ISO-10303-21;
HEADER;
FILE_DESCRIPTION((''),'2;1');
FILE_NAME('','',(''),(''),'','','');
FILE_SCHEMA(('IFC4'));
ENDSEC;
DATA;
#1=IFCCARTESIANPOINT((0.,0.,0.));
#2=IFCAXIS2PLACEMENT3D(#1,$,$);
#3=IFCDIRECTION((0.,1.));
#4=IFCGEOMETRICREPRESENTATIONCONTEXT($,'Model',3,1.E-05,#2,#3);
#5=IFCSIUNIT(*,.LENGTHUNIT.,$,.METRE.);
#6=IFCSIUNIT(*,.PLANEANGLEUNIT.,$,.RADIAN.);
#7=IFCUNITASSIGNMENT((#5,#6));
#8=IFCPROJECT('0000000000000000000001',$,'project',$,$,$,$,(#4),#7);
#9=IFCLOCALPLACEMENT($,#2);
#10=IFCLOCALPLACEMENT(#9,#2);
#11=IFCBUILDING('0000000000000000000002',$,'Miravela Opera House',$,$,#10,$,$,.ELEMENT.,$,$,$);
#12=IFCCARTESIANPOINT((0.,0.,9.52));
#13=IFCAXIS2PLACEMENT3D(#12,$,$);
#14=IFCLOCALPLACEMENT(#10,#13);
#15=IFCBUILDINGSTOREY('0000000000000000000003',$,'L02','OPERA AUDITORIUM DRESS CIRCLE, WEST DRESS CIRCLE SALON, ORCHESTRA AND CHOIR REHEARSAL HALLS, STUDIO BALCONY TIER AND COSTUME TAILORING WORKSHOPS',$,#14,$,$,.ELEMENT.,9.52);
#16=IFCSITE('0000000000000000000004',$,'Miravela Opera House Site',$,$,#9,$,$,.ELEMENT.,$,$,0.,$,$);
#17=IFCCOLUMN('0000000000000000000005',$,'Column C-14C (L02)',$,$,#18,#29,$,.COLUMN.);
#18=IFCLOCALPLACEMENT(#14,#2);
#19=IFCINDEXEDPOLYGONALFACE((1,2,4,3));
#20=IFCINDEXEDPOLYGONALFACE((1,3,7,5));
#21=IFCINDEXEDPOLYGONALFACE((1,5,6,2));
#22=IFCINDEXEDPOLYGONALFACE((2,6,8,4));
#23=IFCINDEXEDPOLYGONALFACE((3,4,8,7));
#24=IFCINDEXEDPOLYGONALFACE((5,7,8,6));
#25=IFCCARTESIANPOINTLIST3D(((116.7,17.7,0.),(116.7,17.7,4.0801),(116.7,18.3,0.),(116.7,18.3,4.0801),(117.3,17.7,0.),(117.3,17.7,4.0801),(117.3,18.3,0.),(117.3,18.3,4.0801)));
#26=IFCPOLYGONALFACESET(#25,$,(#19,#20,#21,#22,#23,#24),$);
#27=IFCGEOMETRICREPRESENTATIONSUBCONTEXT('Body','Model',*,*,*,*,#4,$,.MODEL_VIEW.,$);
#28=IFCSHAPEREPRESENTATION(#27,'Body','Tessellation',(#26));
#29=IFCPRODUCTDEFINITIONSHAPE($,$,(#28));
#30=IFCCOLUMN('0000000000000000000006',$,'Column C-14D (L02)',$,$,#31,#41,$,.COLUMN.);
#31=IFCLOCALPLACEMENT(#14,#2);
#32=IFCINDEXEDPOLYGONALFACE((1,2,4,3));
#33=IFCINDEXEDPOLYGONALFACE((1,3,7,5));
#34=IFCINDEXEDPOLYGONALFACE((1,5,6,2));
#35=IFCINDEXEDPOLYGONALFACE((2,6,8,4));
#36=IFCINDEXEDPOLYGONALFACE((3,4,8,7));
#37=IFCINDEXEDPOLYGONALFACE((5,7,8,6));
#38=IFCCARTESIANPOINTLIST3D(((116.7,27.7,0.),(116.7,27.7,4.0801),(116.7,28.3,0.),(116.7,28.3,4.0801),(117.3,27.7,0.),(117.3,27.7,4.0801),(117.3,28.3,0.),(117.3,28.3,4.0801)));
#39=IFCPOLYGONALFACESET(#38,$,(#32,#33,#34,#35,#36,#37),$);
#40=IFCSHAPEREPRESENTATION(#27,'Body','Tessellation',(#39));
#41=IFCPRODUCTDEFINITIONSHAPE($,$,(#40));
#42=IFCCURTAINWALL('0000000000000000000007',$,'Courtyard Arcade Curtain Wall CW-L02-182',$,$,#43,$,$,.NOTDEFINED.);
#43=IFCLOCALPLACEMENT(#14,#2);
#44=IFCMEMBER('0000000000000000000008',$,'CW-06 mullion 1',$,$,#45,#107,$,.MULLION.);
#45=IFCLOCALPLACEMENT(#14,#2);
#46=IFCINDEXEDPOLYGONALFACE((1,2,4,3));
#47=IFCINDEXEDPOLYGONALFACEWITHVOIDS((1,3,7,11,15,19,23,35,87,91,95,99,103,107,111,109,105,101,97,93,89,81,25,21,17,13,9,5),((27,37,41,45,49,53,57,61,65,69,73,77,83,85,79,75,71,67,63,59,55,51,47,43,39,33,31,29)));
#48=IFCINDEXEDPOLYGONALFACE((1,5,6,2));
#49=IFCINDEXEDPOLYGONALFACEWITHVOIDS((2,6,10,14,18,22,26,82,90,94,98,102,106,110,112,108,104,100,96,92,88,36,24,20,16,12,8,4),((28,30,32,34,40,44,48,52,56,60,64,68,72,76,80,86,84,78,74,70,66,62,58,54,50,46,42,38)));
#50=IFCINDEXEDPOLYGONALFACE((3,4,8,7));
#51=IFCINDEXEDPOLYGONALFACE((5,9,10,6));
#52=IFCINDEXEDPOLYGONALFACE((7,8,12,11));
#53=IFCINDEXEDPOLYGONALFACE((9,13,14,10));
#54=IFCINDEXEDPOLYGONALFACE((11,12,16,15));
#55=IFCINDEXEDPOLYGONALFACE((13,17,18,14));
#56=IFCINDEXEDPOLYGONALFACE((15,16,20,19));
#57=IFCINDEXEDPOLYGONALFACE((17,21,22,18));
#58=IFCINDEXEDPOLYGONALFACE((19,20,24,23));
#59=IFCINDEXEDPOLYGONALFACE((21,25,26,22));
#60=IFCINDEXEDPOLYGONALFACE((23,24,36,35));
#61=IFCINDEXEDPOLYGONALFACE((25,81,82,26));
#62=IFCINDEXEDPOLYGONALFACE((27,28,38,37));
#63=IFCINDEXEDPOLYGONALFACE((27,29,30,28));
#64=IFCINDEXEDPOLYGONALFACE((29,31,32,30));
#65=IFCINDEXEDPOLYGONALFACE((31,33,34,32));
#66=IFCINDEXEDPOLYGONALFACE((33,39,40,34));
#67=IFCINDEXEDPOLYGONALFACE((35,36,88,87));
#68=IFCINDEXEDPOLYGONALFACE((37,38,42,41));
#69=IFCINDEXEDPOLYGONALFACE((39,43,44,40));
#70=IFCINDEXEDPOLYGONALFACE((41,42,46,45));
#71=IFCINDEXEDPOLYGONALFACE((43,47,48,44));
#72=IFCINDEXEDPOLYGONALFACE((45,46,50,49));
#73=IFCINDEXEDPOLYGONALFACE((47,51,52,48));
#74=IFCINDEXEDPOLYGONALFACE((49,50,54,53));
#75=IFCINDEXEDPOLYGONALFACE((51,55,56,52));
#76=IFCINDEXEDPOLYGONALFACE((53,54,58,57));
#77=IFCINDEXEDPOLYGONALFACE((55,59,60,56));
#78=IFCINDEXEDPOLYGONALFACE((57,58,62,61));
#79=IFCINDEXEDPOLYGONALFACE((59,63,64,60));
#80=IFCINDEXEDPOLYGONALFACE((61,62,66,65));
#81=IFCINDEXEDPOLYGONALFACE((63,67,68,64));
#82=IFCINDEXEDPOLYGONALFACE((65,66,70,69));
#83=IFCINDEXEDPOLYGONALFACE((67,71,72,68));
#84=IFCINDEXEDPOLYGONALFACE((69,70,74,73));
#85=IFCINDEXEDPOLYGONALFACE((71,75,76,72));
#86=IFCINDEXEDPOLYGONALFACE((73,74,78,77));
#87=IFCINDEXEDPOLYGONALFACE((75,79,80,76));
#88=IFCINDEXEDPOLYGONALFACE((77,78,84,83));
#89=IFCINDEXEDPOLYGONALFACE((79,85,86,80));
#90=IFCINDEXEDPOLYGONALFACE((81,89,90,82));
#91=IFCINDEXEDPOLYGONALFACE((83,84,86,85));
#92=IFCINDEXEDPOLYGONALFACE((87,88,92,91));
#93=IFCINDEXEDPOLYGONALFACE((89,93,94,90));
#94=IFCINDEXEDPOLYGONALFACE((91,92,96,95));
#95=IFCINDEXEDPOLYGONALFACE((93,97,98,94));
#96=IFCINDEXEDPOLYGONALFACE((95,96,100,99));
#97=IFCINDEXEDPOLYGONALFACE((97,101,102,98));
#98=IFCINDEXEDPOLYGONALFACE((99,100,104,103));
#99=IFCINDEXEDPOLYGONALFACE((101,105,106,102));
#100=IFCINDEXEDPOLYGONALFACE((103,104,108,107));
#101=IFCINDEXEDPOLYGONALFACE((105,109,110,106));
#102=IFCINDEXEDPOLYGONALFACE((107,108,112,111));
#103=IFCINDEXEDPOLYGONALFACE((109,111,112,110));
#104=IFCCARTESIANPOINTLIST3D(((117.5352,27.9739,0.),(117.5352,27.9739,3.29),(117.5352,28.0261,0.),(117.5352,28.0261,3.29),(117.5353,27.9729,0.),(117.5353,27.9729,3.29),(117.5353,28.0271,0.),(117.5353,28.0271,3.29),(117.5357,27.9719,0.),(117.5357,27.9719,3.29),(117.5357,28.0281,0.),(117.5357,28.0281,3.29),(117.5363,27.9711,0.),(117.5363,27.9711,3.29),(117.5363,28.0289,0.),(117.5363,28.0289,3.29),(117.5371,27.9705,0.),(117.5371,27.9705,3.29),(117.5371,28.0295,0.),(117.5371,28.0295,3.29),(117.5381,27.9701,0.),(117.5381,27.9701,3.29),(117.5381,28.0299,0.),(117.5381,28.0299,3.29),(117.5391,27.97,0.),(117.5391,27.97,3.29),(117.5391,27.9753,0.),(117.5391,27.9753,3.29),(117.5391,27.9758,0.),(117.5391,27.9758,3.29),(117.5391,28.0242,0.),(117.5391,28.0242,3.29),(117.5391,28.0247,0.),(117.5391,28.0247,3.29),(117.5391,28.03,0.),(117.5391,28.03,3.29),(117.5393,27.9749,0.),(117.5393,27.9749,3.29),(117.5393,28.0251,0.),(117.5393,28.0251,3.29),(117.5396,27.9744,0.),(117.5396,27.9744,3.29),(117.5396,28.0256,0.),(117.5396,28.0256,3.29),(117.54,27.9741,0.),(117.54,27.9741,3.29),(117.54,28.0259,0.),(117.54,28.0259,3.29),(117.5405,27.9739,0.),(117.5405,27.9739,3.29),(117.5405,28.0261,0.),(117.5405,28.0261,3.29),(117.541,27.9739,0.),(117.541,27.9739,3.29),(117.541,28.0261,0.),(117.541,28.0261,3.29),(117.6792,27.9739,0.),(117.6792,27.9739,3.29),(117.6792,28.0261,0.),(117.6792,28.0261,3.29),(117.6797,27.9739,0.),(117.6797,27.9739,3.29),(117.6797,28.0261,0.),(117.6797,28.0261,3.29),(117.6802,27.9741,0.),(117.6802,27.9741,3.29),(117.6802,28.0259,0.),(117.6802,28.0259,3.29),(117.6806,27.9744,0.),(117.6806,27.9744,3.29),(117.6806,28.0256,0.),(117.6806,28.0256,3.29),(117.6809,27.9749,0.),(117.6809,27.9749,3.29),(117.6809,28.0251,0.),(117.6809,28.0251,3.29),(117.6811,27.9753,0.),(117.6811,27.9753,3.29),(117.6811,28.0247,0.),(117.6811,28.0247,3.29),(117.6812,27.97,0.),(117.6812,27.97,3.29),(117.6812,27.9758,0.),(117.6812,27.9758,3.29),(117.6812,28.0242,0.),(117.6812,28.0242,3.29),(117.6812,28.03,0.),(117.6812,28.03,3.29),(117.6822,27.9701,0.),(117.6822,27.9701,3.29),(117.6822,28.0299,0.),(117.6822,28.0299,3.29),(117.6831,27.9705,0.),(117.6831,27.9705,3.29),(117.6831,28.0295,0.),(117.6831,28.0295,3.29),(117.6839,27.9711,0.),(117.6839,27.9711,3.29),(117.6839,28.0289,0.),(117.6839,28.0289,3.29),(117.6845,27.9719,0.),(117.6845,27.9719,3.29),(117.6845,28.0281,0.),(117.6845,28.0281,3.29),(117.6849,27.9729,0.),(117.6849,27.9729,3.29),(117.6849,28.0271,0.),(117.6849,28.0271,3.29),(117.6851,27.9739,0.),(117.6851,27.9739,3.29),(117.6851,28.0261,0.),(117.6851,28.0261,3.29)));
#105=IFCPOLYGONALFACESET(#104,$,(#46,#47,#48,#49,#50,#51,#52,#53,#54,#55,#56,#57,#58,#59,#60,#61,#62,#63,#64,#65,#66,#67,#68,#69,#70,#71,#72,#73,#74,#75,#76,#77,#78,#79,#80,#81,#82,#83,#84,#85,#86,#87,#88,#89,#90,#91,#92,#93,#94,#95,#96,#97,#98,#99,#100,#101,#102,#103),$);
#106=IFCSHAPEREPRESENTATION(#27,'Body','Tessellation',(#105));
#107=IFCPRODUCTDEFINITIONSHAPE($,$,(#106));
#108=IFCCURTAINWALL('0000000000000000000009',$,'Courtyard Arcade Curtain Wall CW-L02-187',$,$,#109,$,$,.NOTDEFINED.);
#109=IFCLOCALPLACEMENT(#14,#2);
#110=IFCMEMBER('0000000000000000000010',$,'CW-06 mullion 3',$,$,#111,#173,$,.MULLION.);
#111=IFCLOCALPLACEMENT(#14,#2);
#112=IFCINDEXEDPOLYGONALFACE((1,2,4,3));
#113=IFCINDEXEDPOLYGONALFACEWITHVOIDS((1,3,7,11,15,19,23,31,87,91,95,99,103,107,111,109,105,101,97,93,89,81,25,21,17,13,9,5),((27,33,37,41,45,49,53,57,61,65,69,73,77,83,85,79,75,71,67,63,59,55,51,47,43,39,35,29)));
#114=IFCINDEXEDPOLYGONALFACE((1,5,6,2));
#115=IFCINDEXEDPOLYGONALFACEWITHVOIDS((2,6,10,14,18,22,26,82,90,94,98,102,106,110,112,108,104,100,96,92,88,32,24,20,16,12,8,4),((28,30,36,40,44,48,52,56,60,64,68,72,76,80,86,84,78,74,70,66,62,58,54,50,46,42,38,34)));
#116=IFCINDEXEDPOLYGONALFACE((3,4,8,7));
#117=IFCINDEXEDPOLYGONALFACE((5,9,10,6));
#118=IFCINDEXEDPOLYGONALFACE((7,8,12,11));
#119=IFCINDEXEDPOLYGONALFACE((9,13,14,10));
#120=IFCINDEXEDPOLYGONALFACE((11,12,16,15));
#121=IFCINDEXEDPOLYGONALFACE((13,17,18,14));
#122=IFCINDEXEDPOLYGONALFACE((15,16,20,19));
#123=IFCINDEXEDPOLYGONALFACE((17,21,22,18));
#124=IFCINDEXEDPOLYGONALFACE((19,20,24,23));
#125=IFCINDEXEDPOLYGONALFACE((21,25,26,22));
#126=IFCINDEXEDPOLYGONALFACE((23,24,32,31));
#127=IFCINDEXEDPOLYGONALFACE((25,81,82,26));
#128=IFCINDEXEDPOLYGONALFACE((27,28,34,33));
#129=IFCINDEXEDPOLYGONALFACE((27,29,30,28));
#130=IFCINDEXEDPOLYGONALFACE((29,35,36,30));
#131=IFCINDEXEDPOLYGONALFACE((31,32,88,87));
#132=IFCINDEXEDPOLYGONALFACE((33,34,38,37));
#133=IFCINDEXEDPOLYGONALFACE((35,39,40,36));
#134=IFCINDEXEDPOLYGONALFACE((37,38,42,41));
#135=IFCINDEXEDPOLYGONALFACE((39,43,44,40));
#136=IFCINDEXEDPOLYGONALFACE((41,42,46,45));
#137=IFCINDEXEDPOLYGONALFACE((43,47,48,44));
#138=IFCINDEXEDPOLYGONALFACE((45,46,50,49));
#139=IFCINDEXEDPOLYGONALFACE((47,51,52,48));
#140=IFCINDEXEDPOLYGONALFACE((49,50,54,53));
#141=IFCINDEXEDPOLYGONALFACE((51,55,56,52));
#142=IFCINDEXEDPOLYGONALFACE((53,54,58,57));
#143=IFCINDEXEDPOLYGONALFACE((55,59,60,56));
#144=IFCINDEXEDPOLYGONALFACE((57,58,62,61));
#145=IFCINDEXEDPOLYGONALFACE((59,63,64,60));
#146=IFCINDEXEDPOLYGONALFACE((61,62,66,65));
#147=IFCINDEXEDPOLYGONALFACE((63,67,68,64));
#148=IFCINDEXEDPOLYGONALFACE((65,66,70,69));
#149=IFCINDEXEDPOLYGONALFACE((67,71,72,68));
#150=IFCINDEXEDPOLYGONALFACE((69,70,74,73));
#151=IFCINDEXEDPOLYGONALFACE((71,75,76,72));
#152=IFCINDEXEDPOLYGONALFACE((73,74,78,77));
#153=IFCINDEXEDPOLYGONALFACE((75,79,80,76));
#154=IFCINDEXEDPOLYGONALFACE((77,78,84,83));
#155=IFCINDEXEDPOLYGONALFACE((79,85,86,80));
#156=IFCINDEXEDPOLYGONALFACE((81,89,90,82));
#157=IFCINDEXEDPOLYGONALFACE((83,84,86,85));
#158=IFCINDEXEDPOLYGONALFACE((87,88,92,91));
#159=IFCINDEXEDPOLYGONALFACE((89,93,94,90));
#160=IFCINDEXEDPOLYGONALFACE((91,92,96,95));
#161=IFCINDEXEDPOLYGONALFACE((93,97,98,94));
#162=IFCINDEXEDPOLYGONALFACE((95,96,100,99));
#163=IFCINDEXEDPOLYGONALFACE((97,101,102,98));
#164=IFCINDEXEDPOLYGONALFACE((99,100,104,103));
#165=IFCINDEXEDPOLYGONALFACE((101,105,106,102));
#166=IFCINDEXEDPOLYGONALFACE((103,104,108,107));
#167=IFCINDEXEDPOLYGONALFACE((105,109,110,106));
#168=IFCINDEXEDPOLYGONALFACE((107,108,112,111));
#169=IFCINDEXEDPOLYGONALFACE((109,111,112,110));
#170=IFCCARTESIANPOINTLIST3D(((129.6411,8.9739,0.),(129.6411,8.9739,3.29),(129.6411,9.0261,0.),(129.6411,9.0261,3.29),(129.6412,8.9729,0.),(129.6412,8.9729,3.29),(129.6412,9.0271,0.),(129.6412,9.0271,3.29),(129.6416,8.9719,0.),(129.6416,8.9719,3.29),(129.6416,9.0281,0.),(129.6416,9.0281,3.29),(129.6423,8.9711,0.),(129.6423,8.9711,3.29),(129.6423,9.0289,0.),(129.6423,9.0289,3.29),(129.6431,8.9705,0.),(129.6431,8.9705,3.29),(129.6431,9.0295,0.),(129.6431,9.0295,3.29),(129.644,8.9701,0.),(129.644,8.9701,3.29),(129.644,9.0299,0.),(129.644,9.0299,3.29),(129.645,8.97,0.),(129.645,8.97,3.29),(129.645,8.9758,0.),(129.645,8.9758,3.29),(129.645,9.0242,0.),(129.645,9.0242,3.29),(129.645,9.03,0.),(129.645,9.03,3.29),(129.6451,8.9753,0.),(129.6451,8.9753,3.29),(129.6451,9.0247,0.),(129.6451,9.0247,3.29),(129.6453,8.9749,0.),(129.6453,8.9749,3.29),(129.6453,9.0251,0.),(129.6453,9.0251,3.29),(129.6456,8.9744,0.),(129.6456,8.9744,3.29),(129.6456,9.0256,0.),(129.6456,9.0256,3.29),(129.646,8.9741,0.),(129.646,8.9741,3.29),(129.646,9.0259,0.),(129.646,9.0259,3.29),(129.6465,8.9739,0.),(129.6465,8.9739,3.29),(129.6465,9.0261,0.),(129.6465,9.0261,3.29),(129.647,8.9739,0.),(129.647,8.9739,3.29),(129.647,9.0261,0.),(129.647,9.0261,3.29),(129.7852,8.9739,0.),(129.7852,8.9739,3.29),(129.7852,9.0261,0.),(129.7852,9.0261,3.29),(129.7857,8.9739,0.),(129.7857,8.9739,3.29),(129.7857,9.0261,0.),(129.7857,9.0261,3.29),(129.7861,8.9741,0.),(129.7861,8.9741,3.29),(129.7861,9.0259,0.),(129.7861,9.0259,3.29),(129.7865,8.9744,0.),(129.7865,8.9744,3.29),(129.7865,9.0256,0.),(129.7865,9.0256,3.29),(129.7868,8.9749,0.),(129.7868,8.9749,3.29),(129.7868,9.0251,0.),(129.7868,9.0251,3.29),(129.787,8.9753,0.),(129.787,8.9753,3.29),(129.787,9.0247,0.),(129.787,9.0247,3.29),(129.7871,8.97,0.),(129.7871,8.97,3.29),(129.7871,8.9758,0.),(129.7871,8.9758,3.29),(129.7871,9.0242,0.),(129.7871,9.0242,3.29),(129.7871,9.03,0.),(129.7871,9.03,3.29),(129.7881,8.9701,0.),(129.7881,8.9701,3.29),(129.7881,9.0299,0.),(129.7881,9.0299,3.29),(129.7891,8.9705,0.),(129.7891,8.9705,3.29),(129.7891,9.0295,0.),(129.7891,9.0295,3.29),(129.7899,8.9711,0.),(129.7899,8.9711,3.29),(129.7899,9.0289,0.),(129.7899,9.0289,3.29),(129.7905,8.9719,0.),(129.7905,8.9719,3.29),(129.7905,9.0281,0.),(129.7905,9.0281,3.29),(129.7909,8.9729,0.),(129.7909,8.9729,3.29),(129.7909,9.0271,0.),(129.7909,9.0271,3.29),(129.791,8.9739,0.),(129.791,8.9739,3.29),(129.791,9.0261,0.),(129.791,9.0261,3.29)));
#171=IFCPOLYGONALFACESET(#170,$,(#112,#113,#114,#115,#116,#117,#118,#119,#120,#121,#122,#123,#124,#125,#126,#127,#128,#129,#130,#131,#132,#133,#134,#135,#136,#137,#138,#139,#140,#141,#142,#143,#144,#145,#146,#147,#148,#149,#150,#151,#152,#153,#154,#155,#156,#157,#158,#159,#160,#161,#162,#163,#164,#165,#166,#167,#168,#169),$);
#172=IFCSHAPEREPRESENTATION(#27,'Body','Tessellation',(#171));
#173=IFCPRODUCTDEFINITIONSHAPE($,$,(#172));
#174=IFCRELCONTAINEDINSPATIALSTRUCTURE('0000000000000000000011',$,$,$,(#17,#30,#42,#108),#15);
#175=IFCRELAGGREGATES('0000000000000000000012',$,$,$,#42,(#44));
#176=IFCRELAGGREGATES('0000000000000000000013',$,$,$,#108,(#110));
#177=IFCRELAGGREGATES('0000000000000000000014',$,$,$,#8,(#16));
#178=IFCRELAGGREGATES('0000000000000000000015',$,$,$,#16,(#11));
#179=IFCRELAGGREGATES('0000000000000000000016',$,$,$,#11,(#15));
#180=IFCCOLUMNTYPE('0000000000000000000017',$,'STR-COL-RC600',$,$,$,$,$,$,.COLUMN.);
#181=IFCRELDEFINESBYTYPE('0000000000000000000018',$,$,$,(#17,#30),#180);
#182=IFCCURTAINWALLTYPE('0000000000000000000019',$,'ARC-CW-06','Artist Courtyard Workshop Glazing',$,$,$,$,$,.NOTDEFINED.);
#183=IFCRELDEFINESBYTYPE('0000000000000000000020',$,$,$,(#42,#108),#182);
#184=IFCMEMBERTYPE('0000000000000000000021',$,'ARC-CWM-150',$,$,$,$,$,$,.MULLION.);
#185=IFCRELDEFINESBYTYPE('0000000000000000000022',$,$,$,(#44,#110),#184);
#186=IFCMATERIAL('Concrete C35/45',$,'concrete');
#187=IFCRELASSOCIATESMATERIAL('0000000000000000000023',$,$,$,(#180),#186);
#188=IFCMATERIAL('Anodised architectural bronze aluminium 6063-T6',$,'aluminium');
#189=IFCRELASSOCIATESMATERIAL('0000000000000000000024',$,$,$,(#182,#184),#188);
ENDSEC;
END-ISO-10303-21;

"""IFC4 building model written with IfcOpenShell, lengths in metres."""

from ifc_helpers import new_model, si_unit, direction, frame, origin, origin_2d, place, context, subcontext, project, spatial, rectangle, hollow_rectangle, extrude, material, material_profile, profile_set, type_object, element, aggregate, save


model = new_model("IFC4")

# Units and contexts
model_context = context("Model", 3, precision=1e-05, world=origin(), true_north=direction((0.0, 1.0)))
body_context = subcontext(model_context, "Body", "Model", "MODEL_VIEW")
ifc_project = project(units=[si_unit("LENGTHUNIT", "METRE"), si_unit("PLANEANGLEUNIT", "RADIAN")], contexts=[model_context])

# Site, building, storey
site_placement = place(None, origin())
site = spatial("IfcSite", under=ifc_project, at=site_placement, Name="Miravela Opera House Site", CompositionType="ELEMENT", RefElevation=0.0)
building_placement = place(site_placement, origin())
building = spatial("IfcBuilding", under=site, at=building_placement, Name="Miravela Opera House", CompositionType="ELEMENT")
storey_placement = place(building_placement, frame((0.0, 0.0, 9.52)))
storey = spatial("IfcBuildingStorey", under=building, at=storey_placement, Name="L02", Description="OPERA AUDITORIUM DRESS CIRCLE, WEST DRESS CIRCLE SALON, ORCHESTRA AND CHOIR REHEARSAL HALLS, STUDIO BALCONY TIER AND COSTUME TAILORING WORKSHOPS", CompositionType="ELEMENT", Elevation=9.52)

# Columns
ifc_material_1 = material(Name="Concrete C35/45", Category="concrete")
ifc_material_profile_1 = material_profile(ifc_material_1, rectangle(XDim=0.6001, YDim=0.6001, at=origin_2d()), Name="RC-COL-600X600")
ifc_profile_set_1 = profile_set([ifc_material_profile_1])
column_type = type_object("IfcColumnType", Name="STR-COL-RC600", PredefinedType="COLUMN", material=ifc_profile_set_1)
for number, where, z_axis, x_axis, name in (
    (1, (117.0, 18.0, 0.0), (0.0, 0.0, 1.0), (1.0, 0.0, 0.0), "Column C-14C (L02)"),
    (2, (117.0, 28.0, 0.0), (0.0, 0.0, 1.0), (1.0, 0.0, 0.0), "Column C-14D (L02)"),
):
    element("IfcColumn", number, at=place(storey_placement, frame(where, z_axis=z_axis, x_axis=x_axis)), inside=storey, type_object=column_type, Name=name, PredefinedType="COLUMN", context=body_context, shape_type="SweptSolid", body=[
        extrude(rectangle(XDim=0.6001, YDim=0.6001, at=origin_2d()), origin(), (0.0, 0.0, 1.0), 4.0801),
    ])

# Curtain wall, member
ifc_material_2 = material(Name="Anodised architectural bronze aluminium 6063-T6", Category="aluminium")
curtain_wall_type = type_object("IfcCurtainWallType", Name="ARC-CW-06", Description="Artist Courtyard Workshop Glazing", PredefinedType="NOTDEFINED", material=ifc_material_2)
curtain_wall_1_placement = place(storey_placement, origin())
curtain_wall_1 = element("IfcCurtainWall", 3, at=curtain_wall_1_placement, inside=storey, type_object=curtain_wall_type, Name="Courtyard Arcade Curtain Wall CW-L02-182", PredefinedType="NOTDEFINED")
ifc_material_profile_2 = material_profile(ifc_material_2, hollow_rectangle(XDim=0.0601, YDim=0.1499, WallThickness=0.0039, InnerFilletRadius=0.002, OuterFilletRadius=0.0039, at=origin_2d()), Name="CWM-60X150")
ifc_profile_set_2 = profile_set([ifc_material_profile_2])
member_type_1 = type_object("IfcMemberType", Name="ARC-CWM-150", PredefinedType="MULLION", material=ifc_profile_set_2)
member_1_placement = place(storey_placement, frame((117.6101, 28.0, 0.0), z_axis=(0.0, 0.0, 1.0), x_axis=(0.0, 1.0, 0.0)))
member_1 = element("IfcMember", 4, at=member_1_placement, type_object=member_type_1, Name="CW-06 mullion 1", PredefinedType="MULLION", context=body_context, shape_type="SweptSolid", body=[
    extrude(hollow_rectangle(XDim=0.0601, YDim=0.1499, WallThickness=0.0039, InnerFilletRadius=0.002, OuterFilletRadius=0.0039, at=origin_2d()), origin(), (0.0, 0.0, 1.0), 3.29),
])

# Curtain wall, member
curtain_wall_2_placement = place(storey_placement, origin())
curtain_wall_2 = element("IfcCurtainWall", 5, at=curtain_wall_2_placement, inside=storey, type_object=curtain_wall_type, Name="Courtyard Arcade Curtain Wall CW-L02-187", PredefinedType="NOTDEFINED")
member_2_placement = place(storey_placement, frame((129.7161, 9.0, 0.0), z_axis=(0.0, 0.0, 1.0), x_axis=(0.0, 1.0, 0.0)))
member_2 = element("IfcMember", 6, at=member_2_placement, type_object=member_type_1, Name="CW-06 mullion 3", PredefinedType="MULLION", context=body_context, shape_type="SweptSolid", body=[
    extrude(hollow_rectangle(XDim=0.0601, YDim=0.1499, WallThickness=0.0039, InnerFilletRadius=0.002, OuterFilletRadius=0.0039, at=origin_2d()), origin(), (0.0, 0.0, 1.0), 3.29),
])

aggregate(curtain_wall_1, [member_1])
aggregate(curtain_wall_2, [member_2])

save(model, "model.ifc")
